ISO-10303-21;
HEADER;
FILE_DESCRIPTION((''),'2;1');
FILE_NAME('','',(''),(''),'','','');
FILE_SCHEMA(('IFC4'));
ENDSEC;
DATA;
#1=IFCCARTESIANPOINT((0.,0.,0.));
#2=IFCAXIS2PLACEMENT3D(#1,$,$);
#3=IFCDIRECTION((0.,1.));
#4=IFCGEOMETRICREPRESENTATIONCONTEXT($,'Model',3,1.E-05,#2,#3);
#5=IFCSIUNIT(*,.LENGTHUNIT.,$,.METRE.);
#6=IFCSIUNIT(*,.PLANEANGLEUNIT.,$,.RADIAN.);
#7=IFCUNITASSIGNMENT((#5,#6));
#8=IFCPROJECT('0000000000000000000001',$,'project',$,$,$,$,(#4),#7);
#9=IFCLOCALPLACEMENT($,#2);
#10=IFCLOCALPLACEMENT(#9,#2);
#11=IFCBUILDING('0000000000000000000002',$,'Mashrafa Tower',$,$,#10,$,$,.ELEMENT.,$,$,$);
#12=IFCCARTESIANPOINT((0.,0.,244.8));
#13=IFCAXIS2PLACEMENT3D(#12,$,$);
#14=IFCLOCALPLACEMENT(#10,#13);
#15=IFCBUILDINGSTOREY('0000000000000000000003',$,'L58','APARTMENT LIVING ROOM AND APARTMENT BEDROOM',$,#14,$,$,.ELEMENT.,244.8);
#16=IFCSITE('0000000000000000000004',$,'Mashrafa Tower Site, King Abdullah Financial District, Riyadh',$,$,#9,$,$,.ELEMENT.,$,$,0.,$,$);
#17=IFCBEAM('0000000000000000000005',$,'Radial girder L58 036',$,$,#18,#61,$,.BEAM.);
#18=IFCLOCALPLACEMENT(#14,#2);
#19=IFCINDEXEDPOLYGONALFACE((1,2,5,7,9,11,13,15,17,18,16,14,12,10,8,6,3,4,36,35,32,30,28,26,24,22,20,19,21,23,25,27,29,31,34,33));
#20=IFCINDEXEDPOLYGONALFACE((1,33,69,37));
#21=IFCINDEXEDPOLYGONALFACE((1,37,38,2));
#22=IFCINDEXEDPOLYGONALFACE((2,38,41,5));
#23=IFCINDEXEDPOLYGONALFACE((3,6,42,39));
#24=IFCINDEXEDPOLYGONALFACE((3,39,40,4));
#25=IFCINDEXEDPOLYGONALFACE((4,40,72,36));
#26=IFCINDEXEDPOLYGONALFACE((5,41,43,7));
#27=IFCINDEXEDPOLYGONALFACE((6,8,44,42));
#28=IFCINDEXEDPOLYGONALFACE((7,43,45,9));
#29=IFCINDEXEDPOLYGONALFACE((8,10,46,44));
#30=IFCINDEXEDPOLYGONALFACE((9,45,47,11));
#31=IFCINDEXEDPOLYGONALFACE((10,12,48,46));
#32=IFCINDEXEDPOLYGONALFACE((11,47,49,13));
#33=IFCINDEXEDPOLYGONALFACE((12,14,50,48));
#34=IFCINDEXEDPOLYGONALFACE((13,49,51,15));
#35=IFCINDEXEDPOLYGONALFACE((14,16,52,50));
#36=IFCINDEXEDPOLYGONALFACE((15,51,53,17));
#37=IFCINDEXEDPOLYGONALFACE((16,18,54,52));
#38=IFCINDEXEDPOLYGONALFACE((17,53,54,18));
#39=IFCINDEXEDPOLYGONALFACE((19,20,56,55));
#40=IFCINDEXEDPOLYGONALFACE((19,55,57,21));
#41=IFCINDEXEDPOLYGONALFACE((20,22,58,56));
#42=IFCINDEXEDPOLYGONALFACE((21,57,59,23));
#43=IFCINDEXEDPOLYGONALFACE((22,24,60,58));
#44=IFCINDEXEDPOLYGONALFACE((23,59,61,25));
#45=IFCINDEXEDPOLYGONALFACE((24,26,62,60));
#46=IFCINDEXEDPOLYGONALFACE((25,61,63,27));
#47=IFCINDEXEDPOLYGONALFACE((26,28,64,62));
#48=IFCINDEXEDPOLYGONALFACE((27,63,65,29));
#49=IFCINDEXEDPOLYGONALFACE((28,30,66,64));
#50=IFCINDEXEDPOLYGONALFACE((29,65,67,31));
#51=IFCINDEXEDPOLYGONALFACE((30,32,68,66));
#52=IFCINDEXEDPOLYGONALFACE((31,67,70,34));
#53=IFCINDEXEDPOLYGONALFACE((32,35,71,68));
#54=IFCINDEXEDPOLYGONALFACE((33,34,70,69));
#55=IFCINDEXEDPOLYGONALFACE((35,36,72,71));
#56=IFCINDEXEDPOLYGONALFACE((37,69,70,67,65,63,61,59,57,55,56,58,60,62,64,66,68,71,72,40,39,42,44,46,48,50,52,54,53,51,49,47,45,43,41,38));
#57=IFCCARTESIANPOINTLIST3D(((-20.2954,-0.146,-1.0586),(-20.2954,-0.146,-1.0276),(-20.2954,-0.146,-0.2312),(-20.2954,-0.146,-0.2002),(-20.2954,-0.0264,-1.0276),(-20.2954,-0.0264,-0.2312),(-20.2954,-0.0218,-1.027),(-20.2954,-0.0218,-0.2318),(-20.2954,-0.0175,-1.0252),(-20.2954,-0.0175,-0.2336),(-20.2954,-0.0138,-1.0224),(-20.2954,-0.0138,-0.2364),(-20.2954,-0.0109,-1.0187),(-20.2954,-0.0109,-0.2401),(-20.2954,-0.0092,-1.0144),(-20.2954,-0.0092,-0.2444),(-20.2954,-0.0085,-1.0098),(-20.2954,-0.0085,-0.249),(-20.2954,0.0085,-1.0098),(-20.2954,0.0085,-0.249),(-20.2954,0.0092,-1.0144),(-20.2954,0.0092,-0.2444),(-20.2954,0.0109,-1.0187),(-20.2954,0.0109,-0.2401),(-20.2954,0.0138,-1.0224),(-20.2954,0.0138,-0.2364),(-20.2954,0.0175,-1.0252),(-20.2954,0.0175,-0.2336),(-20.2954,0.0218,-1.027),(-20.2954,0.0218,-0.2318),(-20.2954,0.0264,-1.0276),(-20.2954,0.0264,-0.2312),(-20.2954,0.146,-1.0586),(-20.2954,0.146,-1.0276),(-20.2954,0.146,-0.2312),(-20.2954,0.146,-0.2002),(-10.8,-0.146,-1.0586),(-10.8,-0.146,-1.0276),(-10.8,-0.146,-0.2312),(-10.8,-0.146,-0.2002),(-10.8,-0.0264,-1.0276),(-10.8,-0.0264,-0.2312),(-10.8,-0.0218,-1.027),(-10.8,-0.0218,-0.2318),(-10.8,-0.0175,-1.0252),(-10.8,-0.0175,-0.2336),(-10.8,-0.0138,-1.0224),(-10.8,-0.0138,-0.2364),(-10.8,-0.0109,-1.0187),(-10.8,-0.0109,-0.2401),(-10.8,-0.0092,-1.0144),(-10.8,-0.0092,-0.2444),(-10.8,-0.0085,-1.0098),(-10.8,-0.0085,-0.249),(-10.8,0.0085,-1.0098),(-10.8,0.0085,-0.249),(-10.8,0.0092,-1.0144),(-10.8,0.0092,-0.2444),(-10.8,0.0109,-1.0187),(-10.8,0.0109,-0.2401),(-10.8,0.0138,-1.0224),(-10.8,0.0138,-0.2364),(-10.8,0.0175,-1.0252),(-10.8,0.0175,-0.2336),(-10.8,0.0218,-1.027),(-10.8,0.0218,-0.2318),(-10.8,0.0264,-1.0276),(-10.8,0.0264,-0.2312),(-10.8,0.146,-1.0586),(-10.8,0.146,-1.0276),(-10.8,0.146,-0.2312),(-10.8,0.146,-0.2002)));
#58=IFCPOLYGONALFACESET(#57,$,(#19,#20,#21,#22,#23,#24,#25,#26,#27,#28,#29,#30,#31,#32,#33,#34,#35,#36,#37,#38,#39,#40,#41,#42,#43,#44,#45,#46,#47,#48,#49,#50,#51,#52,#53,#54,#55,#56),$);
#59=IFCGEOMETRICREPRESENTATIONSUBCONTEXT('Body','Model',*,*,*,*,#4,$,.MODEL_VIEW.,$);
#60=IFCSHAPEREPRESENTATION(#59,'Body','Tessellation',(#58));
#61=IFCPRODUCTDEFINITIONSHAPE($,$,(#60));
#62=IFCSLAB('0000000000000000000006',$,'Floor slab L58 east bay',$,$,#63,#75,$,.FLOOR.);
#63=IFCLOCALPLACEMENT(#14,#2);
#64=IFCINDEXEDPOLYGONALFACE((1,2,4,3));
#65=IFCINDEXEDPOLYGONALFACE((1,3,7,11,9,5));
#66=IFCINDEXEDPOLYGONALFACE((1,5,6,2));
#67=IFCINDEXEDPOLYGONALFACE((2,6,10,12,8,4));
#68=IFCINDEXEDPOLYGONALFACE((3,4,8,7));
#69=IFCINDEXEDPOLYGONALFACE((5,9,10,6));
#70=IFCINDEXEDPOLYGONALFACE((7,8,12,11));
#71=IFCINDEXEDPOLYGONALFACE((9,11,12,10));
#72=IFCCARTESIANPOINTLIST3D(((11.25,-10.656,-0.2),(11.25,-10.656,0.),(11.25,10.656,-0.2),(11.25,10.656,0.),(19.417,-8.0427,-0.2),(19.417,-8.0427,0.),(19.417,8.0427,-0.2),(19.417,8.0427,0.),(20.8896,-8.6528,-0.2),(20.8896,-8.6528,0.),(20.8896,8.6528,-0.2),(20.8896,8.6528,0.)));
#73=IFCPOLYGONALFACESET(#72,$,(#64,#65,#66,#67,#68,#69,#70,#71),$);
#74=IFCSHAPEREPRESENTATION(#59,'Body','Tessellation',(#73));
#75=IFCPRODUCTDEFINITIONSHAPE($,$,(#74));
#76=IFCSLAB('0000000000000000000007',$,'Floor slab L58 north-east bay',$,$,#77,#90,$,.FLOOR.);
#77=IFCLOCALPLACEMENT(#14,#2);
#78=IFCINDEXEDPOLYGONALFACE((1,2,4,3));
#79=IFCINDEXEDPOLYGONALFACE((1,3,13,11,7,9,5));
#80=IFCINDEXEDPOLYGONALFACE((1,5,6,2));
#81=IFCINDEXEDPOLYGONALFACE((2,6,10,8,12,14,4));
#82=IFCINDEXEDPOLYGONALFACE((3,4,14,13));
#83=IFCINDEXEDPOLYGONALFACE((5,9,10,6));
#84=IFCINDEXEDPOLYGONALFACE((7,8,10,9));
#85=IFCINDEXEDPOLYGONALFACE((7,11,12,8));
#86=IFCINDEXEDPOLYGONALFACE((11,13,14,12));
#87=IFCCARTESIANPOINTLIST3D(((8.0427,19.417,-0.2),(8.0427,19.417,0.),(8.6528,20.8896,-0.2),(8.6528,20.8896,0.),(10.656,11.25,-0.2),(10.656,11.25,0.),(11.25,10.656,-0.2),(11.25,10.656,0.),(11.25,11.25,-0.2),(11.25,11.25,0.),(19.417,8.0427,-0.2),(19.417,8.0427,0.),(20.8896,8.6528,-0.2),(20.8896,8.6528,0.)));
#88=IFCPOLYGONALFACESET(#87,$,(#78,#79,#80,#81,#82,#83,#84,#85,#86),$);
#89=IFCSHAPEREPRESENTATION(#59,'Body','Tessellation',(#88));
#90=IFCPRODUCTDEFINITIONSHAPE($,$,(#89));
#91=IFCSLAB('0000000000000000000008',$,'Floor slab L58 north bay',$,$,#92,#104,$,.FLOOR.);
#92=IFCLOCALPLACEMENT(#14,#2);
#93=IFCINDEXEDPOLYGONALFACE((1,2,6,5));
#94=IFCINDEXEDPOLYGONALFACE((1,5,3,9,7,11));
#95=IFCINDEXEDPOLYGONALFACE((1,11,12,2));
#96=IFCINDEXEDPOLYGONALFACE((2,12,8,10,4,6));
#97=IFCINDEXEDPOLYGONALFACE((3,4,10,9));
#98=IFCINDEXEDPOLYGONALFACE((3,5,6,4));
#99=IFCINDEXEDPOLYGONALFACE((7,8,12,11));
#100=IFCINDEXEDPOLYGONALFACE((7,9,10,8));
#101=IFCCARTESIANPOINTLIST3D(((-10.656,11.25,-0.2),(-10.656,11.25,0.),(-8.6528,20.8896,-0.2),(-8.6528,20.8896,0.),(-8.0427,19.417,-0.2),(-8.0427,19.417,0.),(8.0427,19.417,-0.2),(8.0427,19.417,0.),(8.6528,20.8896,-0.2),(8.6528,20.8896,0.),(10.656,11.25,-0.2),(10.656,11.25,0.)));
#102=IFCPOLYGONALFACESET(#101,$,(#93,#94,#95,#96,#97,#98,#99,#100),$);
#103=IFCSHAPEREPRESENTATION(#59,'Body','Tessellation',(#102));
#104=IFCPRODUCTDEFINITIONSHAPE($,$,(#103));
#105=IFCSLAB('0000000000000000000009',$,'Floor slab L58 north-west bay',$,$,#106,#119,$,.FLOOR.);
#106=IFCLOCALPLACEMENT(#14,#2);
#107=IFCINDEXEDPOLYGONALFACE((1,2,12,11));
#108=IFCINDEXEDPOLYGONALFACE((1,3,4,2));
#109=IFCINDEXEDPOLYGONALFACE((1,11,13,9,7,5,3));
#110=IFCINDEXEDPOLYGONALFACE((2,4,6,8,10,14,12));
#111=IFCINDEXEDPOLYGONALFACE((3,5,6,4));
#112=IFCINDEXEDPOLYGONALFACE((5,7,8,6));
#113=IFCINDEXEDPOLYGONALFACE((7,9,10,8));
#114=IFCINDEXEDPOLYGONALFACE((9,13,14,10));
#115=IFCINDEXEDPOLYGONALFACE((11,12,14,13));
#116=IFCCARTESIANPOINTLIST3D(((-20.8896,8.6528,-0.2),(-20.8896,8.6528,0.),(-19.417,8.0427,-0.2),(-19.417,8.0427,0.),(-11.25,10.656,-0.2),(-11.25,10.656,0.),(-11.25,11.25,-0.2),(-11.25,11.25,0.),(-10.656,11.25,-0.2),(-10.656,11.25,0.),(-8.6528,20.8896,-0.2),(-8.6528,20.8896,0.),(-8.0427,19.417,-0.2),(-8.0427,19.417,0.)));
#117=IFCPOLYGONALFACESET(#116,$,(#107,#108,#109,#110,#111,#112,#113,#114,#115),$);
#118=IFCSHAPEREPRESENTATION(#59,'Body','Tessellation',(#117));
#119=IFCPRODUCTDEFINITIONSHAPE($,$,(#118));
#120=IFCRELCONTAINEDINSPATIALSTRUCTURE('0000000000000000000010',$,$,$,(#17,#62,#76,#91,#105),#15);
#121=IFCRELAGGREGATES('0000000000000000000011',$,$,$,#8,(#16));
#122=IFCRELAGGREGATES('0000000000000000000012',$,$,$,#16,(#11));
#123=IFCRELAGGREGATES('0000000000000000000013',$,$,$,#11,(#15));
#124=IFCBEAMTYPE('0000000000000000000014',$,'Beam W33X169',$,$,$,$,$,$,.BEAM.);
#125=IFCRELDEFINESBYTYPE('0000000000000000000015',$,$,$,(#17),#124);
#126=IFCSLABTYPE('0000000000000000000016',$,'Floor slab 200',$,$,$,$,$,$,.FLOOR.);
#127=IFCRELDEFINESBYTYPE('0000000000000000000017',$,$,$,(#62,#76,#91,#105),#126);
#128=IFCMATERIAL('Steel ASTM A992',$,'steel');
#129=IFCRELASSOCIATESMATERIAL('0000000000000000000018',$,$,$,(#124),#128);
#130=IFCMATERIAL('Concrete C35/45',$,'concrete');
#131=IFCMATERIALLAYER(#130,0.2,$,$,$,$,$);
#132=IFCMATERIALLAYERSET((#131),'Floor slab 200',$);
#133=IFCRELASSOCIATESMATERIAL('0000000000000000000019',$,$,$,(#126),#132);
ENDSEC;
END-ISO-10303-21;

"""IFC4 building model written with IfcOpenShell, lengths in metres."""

from ifc_helpers import new_model, si_unit, direction, frame, origin, origin_2d, place, context, subcontext, project, spatial, polyline, i_section, outline, extrude, material, layer, layer_set, material_profile, profile_set, type_object, element, save


model = new_model("IFC4")

# Units and contexts
model_context = context("Model", 3, precision=1e-05, world=origin(), true_north=direction((0.0, 1.0)))
body_context = subcontext(model_context, "Body", "Model", "MODEL_VIEW")
ifc_project = project(units=[si_unit("LENGTHUNIT", "METRE"), si_unit("PLANEANGLEUNIT", "RADIAN")], contexts=[model_context])

# Site, building, storey
site_placement = place(None, origin())
site = spatial("IfcSite", under=ifc_project, at=site_placement, Name="Mashrafa Tower Site, King Abdullah Financial District, Riyadh", CompositionType="ELEMENT", RefElevation=0.0)
building_placement = place(site_placement, origin())
building = spatial("IfcBuilding", under=site, at=building_placement, Name="Mashrafa Tower", CompositionType="ELEMENT")
storey_placement = place(building_placement, frame((0.0, 0.0, 244.8)))
storey = spatial("IfcBuildingStorey", under=building, at=storey_placement, Name="L58", Description="APARTMENT LIVING ROOM AND APARTMENT BEDROOM", CompositionType="ELEMENT", Elevation=244.8)

# Beam
ifc_material_1 = material(Name="Steel ASTM A992", Category="steel")
ifc_material_profile = material_profile(ifc_material_1, i_section(OverallWidth=0.292, OverallDepth=0.8584, WebThickness=0.0171, FlangeThickness=0.031, FilletRadius=0.0178, at=origin_2d()), Name="W33X169")
ifc_profile_set = profile_set([ifc_material_profile], Name="Steel ASTM A992")
beam_type = type_object("IfcBeamType", Name="Beam W33X169", PredefinedType="BEAM", material=ifc_profile_set)
beam_placement = place(storey_placement, frame((-10.8, 0.0, -0.6294), z_axis=(-1.0, 0.0, 0.0), x_axis=(0.0, -1.0, 0.0)))
element("IfcBeam", 1, at=beam_placement, inside=storey, type_object=beam_type, Name="Radial girder L58 036", PredefinedType="BEAM", context=body_context, shape_type="SweptSolid", body=[
    extrude(i_section(OverallWidth=0.292, OverallDepth=0.8584, WebThickness=0.0171, FlangeThickness=0.031, FilletRadius=0.0178, at=origin_2d()), origin(), (0.0, 0.0, 1.0), 9.4954),
])

# Slabs
ifc_material_2 = material(Name="Concrete C35/45", Category="concrete")
ifc_layer_1 = layer(ifc_material_2, 0.2)
ifc_layer_set_1 = layer_set([ifc_layer_1], Name="Floor slab 200")
slab_type = type_object("IfcSlabType", Name="Floor slab 200", PredefinedType="FLOOR", material=ifc_layer_set_1)
slab_1_placement = place(storey_placement, frame((0.0, 0.0, -0.2)))
element("IfcSlab", 2, at=slab_1_placement, inside=storey, type_object=slab_type, Name="Floor slab L58 east bay", PredefinedType="FLOOR", context=body_context, shape_type="SweptSolid", body=[
    extrude(outline(polyline([(20.8896, -8.6528), (19.417, -8.0427), (11.25, -10.656), (11.25, 10.656), (19.417, 8.0427), (20.8896, 8.6528), (20.8896, -8.6528)])), origin(), (0.0, 0.0, 1.0), 0.2),
])
slab_2_placement = place(storey_placement, frame((0.0, 0.0, -0.2)))
element("IfcSlab", 3, at=slab_2_placement, inside=storey, type_object=slab_type, Name="Floor slab L58 north-east bay", PredefinedType="FLOOR", context=body_context, shape_type="SweptSolid", body=[
    extrude(outline(polyline([(8.6528, 20.8896), (20.8896, 8.6528), (20.8896, 8.6528), (19.417, 8.0427), (11.25, 10.656), (11.25, 11.25), (10.656, 11.25), (8.0427, 19.417), (8.6528, 20.8896), (8.6528, 20.8896)])), origin(), (0.0, 0.0, 1.0), 0.2),
])
slab_3_placement = place(storey_placement, frame((0.0, 0.0, -0.2)))
element("IfcSlab", 4, at=slab_3_placement, inside=storey, type_object=slab_type, Name="Floor slab L58 north bay", PredefinedType="FLOOR", context=body_context, shape_type="SweptSolid", body=[
    extrude(outline(polyline([(8.6528, 20.8896), (8.0427, 19.417), (10.656, 11.25), (-10.656, 11.25), (-8.0427, 19.417), (-8.6528, 20.8896), (8.6528, 20.8896)])), origin(), (0.0, 0.0, 1.0), 0.2),
])
slab_4_placement = place(storey_placement, frame((0.0, 0.0, -0.2)))
element("IfcSlab", 5, at=slab_4_placement, inside=storey, type_object=slab_type, Name="Floor slab L58 north-west bay", PredefinedType="FLOOR", context=body_context, shape_type="SweptSolid", body=[
    extrude(outline(polyline([(-20.8896, 8.6528), (-8.6528, 20.8896), (-8.6528, 20.8896), (-8.0427, 19.417), (-10.656, 11.25), (-11.25, 11.25), (-11.25, 10.656), (-19.417, 8.0427), (-20.8896, 8.6528), (-20.8896, 8.6528)])), origin(), (0.0, 0.0, 1.0), 0.2),
])

save(model, "model.ifc")
